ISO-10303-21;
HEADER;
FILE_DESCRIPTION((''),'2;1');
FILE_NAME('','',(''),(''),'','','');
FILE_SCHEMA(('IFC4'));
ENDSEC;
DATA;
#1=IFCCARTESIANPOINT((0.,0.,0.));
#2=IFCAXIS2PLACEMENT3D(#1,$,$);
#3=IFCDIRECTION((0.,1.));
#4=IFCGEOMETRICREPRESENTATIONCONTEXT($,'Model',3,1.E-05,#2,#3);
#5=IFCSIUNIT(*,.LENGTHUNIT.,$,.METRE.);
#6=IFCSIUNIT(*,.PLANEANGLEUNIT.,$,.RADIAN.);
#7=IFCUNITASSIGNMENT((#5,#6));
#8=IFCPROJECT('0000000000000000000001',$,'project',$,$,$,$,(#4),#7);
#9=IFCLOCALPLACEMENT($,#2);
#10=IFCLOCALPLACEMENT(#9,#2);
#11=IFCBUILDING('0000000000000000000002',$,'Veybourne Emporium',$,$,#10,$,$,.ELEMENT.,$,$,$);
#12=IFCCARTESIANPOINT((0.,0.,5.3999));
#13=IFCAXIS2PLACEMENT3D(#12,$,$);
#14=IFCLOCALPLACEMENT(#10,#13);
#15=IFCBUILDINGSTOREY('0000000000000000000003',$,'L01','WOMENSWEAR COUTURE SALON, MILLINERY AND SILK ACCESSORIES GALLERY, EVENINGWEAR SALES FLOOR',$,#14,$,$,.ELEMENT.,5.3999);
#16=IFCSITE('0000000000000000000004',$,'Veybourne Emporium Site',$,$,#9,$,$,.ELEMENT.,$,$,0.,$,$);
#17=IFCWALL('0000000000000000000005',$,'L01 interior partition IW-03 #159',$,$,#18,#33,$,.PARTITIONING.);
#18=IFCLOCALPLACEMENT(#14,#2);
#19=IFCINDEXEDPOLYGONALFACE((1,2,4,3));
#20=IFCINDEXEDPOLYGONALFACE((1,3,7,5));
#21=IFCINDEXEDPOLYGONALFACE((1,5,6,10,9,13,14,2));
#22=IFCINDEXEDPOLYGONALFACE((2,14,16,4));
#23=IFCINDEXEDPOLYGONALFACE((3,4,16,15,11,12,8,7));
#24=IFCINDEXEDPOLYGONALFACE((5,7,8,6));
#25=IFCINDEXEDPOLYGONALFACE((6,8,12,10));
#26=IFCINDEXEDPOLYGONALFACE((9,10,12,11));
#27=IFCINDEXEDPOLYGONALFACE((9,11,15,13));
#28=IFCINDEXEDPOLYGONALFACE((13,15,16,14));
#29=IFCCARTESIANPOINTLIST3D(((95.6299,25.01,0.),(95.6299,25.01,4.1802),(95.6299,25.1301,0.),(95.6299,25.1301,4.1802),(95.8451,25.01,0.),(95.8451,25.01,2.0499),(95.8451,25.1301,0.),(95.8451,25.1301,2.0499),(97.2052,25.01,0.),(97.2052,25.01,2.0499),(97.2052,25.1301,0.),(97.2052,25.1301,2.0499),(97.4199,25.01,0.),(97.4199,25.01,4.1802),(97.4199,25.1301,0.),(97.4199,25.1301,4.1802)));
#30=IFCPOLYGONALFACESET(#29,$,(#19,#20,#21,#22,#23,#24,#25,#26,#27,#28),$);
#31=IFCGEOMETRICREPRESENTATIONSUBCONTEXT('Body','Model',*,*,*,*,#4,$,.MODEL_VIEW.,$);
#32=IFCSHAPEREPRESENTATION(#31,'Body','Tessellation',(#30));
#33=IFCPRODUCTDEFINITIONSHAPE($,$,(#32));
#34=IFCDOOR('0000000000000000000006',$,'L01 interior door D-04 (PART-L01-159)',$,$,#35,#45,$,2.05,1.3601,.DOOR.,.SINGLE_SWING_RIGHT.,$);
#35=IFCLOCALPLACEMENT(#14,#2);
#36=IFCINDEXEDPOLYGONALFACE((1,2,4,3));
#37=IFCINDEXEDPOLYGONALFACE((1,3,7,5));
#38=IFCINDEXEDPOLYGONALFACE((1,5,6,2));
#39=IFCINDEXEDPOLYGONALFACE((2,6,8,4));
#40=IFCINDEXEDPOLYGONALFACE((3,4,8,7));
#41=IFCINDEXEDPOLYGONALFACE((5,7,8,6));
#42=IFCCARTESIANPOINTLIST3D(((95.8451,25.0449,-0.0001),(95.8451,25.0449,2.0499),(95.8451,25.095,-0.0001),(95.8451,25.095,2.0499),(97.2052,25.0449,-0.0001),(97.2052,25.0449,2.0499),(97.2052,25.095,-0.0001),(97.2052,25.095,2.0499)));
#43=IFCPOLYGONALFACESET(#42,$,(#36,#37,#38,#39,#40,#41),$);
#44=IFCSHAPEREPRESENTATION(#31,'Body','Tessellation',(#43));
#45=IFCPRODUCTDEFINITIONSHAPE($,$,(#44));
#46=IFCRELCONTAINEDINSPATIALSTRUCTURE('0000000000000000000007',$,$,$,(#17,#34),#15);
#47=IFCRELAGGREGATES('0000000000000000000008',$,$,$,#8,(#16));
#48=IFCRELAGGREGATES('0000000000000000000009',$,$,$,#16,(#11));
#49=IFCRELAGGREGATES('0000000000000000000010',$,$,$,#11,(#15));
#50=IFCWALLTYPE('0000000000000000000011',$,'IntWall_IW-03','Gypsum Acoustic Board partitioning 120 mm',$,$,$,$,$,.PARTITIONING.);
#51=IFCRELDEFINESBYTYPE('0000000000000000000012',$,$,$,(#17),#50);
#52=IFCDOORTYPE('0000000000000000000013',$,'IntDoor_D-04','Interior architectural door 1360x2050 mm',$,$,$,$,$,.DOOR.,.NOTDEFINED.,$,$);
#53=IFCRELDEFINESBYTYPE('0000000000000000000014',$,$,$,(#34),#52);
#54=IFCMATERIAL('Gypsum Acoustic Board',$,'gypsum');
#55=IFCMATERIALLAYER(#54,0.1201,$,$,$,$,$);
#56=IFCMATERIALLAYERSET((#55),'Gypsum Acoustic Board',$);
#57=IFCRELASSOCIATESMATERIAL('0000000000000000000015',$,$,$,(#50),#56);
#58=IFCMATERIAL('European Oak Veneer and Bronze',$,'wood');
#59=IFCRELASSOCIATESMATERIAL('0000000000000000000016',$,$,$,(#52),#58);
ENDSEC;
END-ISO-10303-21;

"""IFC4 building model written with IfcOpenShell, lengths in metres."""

from ifc_helpers import new_model, si_unit, direction, frame, frame_2d, origin, place, context, subcontext, project, spatial, rectangle, extrude, material, layer, layer_set, type_object, element, fill, save


model = new_model("IFC4")

# Units and contexts
model_context = context("Model", 3, precision=1e-05, world=origin(), true_north=direction((0.0, 1.0)))
body_context = subcontext(model_context, "Body", "Model", "MODEL_VIEW")
ifc_project = project(units=[si_unit("LENGTHUNIT", "METRE"), si_unit("PLANEANGLEUNIT", "RADIAN")], contexts=[model_context])

# Site, building, storey
site_placement = place(None, origin())
site = spatial("IfcSite", under=ifc_project, at=site_placement, Name="Veybourne Emporium Site", CompositionType="ELEMENT", RefElevation=0.0)
building_placement = place(site_placement, origin())
building = spatial("IfcBuilding", under=site, at=building_placement, Name="Veybourne Emporium", CompositionType="ELEMENT")
storey_placement = place(building_placement, frame((0.0, 0.0, 5.3999)))
storey = spatial("IfcBuildingStorey", under=building, at=storey_placement, Name="L01", Description="WOMENSWEAR COUTURE SALON, MILLINERY AND SILK ACCESSORIES GALLERY, EVENINGWEAR SALES FLOOR", CompositionType="ELEMENT", Elevation=5.3999)

# Wall, opening, door
ifc_material_1 = material(Name="Gypsum Acoustic Board", Category="gypsum")
ifc_layer_1 = layer(ifc_material_1, 0.1201)
ifc_layer_set_1 = layer_set([ifc_layer_1], Name="Gypsum Acoustic Board")
wall_type = type_object("IfcWallType", Name="IntWall_IW-03", Description="Gypsum Acoustic Board partitioning 120 mm", PredefinedType="PARTITIONING", material=ifc_layer_set_1)
ifc_material_2 = material(Name="European Oak Veneer and Bronze", Category="wood")
wall_1_placement = place(storey_placement, frame((95.6299, 25.0701, 0.0), z_axis=(0.0, 0.0, 1.0), x_axis=(1.0, 0.0, 0.0)))
wall_1 = element("IfcWall", 1, at=wall_1_placement, inside=storey, type_object=wall_type, Name="L01 interior partition IW-03 #159", PredefinedType="PARTITIONING", context=body_context, shape_type="SweptSolid", body=[
    extrude(rectangle(XDim=1.79, YDim=0.1201, at=frame_2d((0.895, 0.0))), origin(), (0.0, 0.0, 1.0), 4.1802),
])
opening_1_placement = place(wall_1_placement, frame((0.2151, 0.0, 0.0)))
opening_1 = element("IfcOpeningElement", 2, at=opening_1_placement, cuts=wall_1, PredefinedType="OPENING", context=body_context, shape_type="SweptSolid", body=[
    extrude(rectangle(XDim=1.3601, YDim=2.05, at=frame_2d((0.6802, 1.0249))), frame((0.0, 0.0801, 0.0), z_axis=(0.0, -1.0, 0.0), x_axis=(1.0, 0.0, 0.0)), (0.0, 0.0, 1.0), 0.1602),
])
door_type_1 = type_object("IfcDoorType", Name="IntDoor_D-04", Description="Interior architectural door 1360x2050 mm", OperationType="NOTDEFINED", PredefinedType="DOOR", material=ifc_material_2)
door_1_placement = place(opening_1_placement, origin())
door_1 = element("IfcDoor", 3, at=door_1_placement, inside=storey, type_object=door_type_1, Name="L01 interior door D-04 (PART-L01-159)", OperationType="SINGLE_SWING_RIGHT", OverallHeight=2.05, OverallWidth=1.3601, PredefinedType="DOOR", context=body_context, shape_type="SweptSolid", body=[
    extrude(rectangle(XDim=1.3601, YDim=2.05, at=frame_2d((0.6802, 1.0249))), frame((0.0, 0.0249, 0.0), z_axis=(0.0, -1.0, 0.0), x_axis=(1.0, 0.0, 0.0)), (0.0, 0.0, 1.0), 0.05),
])
fill(opening_1, door_1)

save(model, "model.ifc")
